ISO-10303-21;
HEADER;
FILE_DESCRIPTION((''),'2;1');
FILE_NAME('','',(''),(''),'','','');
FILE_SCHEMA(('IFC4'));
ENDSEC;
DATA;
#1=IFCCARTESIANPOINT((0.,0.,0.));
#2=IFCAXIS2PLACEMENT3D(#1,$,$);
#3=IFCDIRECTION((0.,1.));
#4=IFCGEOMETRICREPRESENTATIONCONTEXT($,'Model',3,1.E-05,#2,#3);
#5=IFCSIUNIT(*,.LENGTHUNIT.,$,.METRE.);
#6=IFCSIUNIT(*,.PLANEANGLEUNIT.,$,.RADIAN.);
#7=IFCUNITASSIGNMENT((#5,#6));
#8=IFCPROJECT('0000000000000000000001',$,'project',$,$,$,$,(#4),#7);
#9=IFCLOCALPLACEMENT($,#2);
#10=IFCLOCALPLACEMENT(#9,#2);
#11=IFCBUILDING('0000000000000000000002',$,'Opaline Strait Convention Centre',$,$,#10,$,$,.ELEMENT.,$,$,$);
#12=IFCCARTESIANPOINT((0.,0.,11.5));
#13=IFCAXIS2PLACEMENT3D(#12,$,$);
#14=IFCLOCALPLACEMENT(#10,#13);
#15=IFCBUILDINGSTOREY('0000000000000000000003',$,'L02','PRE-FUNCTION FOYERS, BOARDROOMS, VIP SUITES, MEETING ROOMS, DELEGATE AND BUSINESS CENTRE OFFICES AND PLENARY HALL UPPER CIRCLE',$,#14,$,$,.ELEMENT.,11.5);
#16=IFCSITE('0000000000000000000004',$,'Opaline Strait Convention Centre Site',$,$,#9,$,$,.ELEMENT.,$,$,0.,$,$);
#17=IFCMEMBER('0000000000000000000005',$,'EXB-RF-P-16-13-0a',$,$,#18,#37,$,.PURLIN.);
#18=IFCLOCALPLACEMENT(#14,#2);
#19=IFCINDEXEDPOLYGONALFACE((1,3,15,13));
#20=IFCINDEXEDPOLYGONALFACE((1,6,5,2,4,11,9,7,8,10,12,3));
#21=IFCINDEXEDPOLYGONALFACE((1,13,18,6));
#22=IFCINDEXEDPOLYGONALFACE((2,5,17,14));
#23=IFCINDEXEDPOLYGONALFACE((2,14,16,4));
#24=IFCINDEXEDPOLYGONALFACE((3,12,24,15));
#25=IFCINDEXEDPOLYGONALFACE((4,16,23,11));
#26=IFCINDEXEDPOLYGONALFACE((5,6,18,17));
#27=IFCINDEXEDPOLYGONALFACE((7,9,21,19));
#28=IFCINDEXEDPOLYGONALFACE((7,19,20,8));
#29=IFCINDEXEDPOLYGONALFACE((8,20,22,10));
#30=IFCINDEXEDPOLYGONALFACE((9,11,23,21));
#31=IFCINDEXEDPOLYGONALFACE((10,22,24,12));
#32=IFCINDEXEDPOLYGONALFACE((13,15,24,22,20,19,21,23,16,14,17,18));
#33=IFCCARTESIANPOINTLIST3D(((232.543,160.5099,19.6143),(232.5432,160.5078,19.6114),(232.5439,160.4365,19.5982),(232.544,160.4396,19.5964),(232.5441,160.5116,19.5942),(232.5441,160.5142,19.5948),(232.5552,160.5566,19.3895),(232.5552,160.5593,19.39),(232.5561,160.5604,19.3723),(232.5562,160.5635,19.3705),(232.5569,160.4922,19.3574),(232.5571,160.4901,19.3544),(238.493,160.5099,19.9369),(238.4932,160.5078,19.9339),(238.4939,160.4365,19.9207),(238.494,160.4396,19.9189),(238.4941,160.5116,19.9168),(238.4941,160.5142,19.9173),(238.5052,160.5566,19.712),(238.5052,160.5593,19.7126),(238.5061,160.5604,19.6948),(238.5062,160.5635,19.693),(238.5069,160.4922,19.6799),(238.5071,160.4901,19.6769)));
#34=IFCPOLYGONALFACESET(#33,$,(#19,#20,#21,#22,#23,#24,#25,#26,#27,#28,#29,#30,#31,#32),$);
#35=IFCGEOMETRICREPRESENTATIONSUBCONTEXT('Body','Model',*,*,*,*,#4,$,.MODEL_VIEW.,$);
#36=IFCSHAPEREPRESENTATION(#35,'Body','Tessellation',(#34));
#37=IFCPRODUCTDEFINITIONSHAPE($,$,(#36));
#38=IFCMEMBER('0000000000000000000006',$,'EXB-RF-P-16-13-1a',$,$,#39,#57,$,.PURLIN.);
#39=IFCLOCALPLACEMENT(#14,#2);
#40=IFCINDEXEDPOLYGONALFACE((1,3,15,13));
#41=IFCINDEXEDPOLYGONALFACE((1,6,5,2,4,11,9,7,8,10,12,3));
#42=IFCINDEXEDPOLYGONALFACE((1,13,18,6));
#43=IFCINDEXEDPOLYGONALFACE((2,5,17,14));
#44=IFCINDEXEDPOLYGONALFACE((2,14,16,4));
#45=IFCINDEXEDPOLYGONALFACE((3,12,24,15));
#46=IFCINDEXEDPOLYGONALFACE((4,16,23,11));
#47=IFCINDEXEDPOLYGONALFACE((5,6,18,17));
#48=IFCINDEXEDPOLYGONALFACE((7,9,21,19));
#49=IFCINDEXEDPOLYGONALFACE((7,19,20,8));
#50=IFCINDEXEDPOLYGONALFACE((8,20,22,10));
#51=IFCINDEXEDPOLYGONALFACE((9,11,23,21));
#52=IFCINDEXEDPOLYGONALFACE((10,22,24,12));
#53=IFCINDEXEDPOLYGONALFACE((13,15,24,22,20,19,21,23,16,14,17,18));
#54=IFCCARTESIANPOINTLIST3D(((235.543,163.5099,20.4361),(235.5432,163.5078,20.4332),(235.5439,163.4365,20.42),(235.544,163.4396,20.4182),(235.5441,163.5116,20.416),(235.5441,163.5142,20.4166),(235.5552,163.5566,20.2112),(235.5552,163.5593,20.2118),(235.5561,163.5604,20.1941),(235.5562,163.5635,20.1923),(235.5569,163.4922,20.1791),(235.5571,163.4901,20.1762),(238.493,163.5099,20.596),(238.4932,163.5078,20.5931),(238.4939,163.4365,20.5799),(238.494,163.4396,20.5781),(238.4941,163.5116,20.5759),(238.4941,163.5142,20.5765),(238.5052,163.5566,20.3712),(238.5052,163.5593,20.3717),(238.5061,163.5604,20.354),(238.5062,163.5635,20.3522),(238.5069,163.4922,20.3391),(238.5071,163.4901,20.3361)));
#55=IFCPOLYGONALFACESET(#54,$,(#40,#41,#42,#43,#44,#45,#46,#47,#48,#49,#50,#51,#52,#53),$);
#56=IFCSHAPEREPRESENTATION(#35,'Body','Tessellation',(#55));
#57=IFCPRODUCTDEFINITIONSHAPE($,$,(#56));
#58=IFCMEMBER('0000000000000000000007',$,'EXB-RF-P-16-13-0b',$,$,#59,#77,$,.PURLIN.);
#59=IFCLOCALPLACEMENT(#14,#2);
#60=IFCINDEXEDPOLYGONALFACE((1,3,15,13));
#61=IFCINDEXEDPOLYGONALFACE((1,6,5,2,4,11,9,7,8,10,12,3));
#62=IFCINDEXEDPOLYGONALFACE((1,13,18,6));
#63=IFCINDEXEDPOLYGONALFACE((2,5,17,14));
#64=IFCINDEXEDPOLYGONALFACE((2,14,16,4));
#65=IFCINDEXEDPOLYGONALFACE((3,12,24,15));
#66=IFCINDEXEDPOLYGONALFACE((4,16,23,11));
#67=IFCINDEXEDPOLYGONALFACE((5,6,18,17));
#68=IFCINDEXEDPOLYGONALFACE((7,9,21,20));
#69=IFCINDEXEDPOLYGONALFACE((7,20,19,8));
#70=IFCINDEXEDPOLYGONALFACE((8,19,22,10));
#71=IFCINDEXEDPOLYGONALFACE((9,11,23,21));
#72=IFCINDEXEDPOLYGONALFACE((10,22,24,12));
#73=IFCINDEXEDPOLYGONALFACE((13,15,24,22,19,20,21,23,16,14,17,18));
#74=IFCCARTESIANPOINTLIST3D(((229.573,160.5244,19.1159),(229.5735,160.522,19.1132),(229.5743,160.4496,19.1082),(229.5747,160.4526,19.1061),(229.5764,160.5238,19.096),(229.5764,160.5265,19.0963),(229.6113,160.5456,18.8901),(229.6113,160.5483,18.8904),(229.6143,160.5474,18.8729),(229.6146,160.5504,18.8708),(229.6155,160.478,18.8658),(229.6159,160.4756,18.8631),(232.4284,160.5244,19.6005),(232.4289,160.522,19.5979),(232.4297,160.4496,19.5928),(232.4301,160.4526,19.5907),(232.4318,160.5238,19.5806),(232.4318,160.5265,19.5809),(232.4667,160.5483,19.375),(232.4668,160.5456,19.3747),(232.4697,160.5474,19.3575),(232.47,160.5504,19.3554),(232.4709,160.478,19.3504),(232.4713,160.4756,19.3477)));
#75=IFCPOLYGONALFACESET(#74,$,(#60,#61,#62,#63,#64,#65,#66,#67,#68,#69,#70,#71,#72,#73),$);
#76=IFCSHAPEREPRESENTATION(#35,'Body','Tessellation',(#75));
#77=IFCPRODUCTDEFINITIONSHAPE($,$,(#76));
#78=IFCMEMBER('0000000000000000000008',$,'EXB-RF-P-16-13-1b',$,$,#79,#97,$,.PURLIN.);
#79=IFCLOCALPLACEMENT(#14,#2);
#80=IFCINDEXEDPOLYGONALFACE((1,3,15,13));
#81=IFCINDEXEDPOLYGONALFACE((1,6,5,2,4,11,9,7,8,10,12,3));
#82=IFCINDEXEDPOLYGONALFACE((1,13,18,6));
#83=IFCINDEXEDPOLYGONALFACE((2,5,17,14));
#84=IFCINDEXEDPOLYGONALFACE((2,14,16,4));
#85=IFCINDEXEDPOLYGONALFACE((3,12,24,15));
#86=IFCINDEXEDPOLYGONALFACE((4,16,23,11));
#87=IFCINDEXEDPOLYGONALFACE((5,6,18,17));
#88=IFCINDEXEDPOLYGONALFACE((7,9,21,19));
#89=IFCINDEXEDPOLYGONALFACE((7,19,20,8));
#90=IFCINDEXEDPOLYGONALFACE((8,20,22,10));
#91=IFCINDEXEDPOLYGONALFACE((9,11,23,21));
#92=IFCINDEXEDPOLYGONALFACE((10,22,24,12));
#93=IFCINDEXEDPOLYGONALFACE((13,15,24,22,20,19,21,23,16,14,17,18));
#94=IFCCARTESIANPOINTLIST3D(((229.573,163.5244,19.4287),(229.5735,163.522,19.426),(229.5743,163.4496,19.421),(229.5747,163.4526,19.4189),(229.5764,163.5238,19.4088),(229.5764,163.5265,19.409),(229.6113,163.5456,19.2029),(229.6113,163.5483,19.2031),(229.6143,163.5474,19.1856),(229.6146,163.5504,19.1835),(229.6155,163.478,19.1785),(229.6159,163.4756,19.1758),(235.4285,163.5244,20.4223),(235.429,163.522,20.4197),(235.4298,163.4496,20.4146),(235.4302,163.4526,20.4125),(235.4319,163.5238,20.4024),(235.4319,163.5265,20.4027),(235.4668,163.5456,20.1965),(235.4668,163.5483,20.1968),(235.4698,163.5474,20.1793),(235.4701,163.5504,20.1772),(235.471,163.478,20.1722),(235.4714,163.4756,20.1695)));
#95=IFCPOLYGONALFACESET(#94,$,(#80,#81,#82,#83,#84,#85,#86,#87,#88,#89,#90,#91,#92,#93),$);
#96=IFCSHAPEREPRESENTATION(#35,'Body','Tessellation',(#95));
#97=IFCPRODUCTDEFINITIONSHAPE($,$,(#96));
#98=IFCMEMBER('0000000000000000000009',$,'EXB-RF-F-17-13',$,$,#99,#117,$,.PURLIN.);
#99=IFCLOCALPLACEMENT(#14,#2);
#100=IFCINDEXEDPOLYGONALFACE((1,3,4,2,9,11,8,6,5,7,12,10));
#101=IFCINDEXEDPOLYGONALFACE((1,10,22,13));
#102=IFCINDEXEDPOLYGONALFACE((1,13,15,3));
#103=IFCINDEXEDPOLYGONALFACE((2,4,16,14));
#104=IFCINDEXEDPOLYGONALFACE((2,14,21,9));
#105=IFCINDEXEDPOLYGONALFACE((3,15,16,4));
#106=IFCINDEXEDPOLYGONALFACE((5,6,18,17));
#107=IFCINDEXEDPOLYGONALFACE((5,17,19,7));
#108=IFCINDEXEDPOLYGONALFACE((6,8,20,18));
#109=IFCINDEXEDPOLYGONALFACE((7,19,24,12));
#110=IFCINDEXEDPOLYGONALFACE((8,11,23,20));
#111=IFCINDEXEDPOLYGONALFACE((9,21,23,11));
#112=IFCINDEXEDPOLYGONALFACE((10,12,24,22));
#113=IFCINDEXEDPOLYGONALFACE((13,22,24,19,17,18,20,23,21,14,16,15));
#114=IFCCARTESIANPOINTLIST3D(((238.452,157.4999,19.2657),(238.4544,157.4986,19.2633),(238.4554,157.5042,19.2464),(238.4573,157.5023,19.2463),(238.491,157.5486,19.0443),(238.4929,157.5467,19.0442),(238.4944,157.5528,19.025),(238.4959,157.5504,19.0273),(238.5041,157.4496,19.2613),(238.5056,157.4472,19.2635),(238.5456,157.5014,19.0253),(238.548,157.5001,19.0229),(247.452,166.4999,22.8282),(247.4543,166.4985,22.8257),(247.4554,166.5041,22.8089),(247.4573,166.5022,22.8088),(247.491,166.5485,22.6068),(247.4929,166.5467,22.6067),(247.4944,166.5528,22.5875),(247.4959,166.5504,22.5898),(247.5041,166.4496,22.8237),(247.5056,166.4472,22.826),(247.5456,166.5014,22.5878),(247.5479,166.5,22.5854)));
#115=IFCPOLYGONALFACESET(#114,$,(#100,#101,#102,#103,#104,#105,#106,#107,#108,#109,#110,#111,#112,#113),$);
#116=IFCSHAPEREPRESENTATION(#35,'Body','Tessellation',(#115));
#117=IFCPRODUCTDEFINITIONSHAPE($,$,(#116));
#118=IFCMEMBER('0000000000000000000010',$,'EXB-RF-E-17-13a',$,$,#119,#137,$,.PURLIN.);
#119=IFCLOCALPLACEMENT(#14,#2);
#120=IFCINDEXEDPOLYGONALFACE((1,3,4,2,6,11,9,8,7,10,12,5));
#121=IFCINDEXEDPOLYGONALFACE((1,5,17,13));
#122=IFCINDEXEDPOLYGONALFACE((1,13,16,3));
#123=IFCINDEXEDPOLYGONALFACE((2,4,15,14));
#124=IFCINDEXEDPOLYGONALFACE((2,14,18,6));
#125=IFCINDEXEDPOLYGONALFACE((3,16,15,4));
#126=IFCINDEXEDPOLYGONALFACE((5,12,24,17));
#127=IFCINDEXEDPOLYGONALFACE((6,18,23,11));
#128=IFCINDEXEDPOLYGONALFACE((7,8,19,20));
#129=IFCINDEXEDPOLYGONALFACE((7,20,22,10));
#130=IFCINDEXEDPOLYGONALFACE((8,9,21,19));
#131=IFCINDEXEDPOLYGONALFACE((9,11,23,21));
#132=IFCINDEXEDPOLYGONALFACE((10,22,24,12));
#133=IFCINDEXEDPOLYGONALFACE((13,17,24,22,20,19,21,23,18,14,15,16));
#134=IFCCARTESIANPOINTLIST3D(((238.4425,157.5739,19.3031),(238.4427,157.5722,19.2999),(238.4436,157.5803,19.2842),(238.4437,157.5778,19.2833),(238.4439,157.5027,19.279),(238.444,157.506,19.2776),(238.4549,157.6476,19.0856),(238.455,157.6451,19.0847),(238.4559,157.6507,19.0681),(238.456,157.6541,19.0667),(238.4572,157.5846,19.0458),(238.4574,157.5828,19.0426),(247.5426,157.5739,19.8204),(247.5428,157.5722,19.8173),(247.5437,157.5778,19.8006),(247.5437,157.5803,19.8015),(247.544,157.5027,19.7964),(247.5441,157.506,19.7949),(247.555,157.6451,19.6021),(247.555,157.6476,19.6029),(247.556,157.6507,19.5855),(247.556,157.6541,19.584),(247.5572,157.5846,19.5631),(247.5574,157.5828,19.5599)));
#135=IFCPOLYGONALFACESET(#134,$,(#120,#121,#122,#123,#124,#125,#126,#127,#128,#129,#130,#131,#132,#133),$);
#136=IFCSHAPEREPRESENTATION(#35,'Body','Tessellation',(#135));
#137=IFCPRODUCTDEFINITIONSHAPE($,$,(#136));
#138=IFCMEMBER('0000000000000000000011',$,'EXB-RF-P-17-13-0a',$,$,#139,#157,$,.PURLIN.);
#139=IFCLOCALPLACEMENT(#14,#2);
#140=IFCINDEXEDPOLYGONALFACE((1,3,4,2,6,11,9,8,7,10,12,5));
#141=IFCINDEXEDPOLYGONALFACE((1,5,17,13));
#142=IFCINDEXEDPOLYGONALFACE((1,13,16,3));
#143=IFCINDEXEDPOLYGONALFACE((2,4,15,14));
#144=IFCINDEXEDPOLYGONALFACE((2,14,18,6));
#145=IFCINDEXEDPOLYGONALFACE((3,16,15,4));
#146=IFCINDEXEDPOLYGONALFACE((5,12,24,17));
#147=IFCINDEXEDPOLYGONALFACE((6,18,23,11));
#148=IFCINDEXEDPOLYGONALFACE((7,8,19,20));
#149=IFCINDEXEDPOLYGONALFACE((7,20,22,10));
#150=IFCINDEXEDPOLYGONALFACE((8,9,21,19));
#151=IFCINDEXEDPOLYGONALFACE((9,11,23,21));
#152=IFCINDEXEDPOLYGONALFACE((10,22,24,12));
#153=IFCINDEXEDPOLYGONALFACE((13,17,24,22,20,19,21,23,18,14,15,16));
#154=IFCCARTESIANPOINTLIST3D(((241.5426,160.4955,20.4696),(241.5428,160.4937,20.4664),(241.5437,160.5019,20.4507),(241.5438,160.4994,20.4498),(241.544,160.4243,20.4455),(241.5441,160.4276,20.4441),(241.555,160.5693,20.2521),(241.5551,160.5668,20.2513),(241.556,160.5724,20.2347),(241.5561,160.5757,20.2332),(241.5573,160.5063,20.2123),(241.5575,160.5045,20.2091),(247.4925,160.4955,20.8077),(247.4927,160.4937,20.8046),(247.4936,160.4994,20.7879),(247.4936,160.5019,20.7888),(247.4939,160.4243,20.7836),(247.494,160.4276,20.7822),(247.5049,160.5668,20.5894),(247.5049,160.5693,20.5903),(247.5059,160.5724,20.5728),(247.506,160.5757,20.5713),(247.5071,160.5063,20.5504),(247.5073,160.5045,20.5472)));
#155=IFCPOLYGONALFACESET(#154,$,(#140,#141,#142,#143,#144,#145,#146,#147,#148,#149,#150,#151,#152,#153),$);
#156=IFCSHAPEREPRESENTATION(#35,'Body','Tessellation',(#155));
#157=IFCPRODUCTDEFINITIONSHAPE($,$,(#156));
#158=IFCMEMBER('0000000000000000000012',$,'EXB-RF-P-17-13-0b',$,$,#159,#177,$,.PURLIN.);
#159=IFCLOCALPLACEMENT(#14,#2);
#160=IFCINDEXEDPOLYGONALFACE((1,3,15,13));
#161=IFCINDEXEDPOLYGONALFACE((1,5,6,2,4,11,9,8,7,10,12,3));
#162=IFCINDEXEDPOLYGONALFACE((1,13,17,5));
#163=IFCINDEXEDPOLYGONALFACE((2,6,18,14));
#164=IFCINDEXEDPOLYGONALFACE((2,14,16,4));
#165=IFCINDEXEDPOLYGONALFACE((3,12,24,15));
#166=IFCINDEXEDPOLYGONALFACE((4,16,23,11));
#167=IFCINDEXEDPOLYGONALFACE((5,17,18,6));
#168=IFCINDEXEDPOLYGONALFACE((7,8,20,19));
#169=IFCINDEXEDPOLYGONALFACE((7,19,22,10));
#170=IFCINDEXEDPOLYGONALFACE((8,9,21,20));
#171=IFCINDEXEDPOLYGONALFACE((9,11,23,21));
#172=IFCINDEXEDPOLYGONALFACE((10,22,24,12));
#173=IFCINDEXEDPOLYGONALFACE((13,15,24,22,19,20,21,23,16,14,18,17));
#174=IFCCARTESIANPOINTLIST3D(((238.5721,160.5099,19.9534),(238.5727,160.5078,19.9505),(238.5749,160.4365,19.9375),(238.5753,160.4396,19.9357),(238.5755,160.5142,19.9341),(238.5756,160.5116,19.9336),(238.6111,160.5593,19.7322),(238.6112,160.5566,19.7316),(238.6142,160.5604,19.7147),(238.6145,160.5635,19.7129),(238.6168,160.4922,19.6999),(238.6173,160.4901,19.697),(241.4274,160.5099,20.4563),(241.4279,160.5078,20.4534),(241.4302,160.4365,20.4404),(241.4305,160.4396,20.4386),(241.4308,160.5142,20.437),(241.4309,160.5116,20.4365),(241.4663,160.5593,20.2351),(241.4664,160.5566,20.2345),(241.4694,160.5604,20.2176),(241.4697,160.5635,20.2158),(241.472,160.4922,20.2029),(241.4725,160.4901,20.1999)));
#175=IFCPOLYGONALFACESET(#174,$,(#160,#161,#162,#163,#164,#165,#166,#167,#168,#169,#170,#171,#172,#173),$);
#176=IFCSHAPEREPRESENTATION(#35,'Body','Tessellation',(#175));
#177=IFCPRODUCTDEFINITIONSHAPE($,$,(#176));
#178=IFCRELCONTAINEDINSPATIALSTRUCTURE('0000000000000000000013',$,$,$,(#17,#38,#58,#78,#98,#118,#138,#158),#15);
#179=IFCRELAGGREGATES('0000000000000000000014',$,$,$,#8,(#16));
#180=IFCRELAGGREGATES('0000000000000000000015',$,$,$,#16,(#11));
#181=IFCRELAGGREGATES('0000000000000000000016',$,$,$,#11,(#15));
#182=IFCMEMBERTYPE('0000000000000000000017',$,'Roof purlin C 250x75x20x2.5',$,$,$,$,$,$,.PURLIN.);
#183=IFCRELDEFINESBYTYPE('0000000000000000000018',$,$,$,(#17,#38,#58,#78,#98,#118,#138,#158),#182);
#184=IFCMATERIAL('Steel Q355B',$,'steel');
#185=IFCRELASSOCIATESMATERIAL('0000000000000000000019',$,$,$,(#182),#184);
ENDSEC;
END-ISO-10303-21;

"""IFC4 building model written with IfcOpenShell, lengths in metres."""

from ifc_helpers import new_model, si_unit, direction, frame, origin, place, context, subcontext, project, spatial, polyline, outline, extrude, material, material_profile, profile_set, type_object, element, save


model = new_model("IFC4")

# Units and contexts
model_context = context("Model", 3, precision=1e-05, world=origin(), true_north=direction((0.0, 1.0)))
body_context = subcontext(model_context, "Body", "Model", "MODEL_VIEW")
ifc_project = project(units=[si_unit("LENGTHUNIT", "METRE"), si_unit("PLANEANGLEUNIT", "RADIAN")], contexts=[model_context])

# Site, building, storey
site_placement = place(None, origin())
site = spatial("IfcSite", under=ifc_project, at=site_placement, Name="Opaline Strait Convention Centre Site", CompositionType="ELEMENT", RefElevation=0.0)
building_placement = place(site_placement, origin())
building = spatial("IfcBuilding", under=site, at=building_placement, Name="Opaline Strait Convention Centre", CompositionType="ELEMENT")
storey_placement = place(building_placement, frame((0.0, 0.0, 11.5)))
storey = spatial("IfcBuildingStorey", under=building, at=storey_placement, Name="L02", Description="PRE-FUNCTION FOYERS, BOARDROOMS, VIP SUITES, MEETING ROOMS, DELEGATE AND BUSINESS CENTRE OFFICES AND PLENARY HALL UPPER CIRCLE", CompositionType="ELEMENT", Elevation=11.5)

# Members
ifc_material_1 = material(Name="Steel Q355B", Category="steel")
ifc_material_profile_1 = material_profile(ifc_material_1, outline(polyline([(-0.0376, -0.125), (0.0376, -0.125), (0.0376, -0.105), (0.0349, -0.105), (0.0349, -0.1226), (-0.0349, -0.1226), (-0.0349, 0.1226), (0.0349, 0.1226), (0.0349, 0.105), (0.0376, 0.105), (0.0376, 0.125), (-0.0376, 0.125), (-0.0376, -0.125)])), Name="C 250x75x20x2.5")
ifc_profile_set_1 = profile_set([ifc_material_profile_1], Name="Steel Q355B")
member_type_1 = type_object("IfcMemberType", Name="Roof purlin C 250x75x20x2.5", PredefinedType="PURLIN", material=ifc_profile_set_1)
member_1_placement = place(storey_placement, frame((232.55, 160.5, 19.4844), z_axis=(0.998534, 0.0, 0.054124), x_axis=(-0.011615, 0.976702, 0.214286)))
element("IfcMember", 1, at=member_1_placement, inside=storey, type_object=member_type_1, Name="EXB-RF-P-16-13-0a", PredefinedType="PURLIN", context=body_context, shape_type="SweptSolid", body=[
    extrude(outline(polyline([(-0.0376, -0.125), (0.0376, -0.125), (0.0376, -0.105), (0.0349, -0.105), (0.0349, -0.1226), (-0.0349, -0.1226), (-0.0349, 0.1226), (0.0349, 0.1226), (0.0349, 0.105), (0.0376, 0.105), (0.0376, 0.125), (-0.0376, 0.125), (-0.0376, -0.125)])), origin(), (0.0, 0.0, 1.0), 5.9587),
])
member_2_placement = place(storey_placement, frame((235.55, 163.5, 20.3062), z_axis=(0.998534, 0.0, 0.054129), x_axis=(-0.011616, 0.976702, 0.214286)))
element("IfcMember", 2, at=member_2_placement, inside=storey, type_object=member_type_1, Name="EXB-RF-P-16-13-1a", PredefinedType="PURLIN", context=body_context, shape_type="SweptSolid", body=[
    extrude(outline(polyline([(-0.0376, -0.125), (0.0376, -0.125), (0.0376, -0.105), (0.0349, -0.105), (0.0349, -0.1226), (-0.0349, -0.1226), (-0.0349, 0.1226), (0.0349, 0.1226), (0.0349, 0.105), (0.0376, 0.105), (0.0376, 0.125), (-0.0376, 0.125), (-0.0376, -0.125)])), origin(), (0.0, 0.0, 1.0), 2.9543),
])
member_3_placement = place(storey_placement, frame((229.5945, 160.5, 18.9895), z_axis=(0.985902, 0.0, 0.167323), x_axis=(-0.017345, 0.994613, 0.102197)))
element("IfcMember", 3, at=member_3_placement, inside=storey, type_object=member_type_1, Name="EXB-RF-P-16-13-0b", PredefinedType="PURLIN", context=body_context, shape_type="SweptSolid", body=[
    extrude(outline(polyline([(-0.0376, -0.125), (0.0376, -0.125), (0.0376, -0.105), (0.0349, -0.105), (0.0349, -0.1226), (-0.0349, -0.1226), (-0.0349, 0.1226), (0.0349, 0.1226), (0.0349, 0.105), (0.0376, 0.105), (0.0376, 0.125), (-0.0376, 0.125), (-0.0376, -0.125)])), origin(), (0.0, 0.0, 1.0), 2.8962),
])
member_4_placement = place(storey_placement, frame((229.5945, 163.5, 19.3022), z_axis=(0.985905, 0.0, 0.167305), x_axis=(-0.017343, 0.994613, 0.102198)))
element("IfcMember", 4, at=member_4_placement, inside=storey, type_object=member_type_1, Name="EXB-RF-P-16-13-1b", PredefinedType="PURLIN", context=body_context, shape_type="SweptSolid", body=[
    extrude(outline(polyline([(-0.0376, -0.125), (0.0376, -0.125), (0.0376, -0.105), (0.0349, -0.105), (0.0349, -0.1226), (-0.0349, -0.1226), (-0.0349, 0.1226), (0.0349, 0.1226), (0.0349, 0.105), (0.0376, 0.105), (0.0376, 0.125), (-0.0376, 0.125), (-0.0376, -0.125)])), origin(), (0.0, 0.0, 1.0), 5.9392),
])
member_5_placement = place(storey_placement, frame((238.5, 157.5, 19.1443), z_axis=(0.680937, 0.680937, 0.269537), x_axis=(-0.712454, 0.701136, 0.028595)))
element("IfcMember", 5, at=member_5_placement, inside=storey, type_object=member_type_1, Name="EXB-RF-F-17-13", PredefinedType="PURLIN", context=body_context, shape_type="SweptSolid", body=[
    extrude(outline(polyline([(-0.0376, -0.125), (0.0376, -0.125), (0.0376, -0.105), (0.0349, -0.105), (0.0349, -0.1226), (-0.0349, -0.1226), (-0.0349, 0.1226), (0.0349, 0.1226), (0.0349, 0.105), (0.0376, 0.105), (0.0376, 0.125), (-0.0376, 0.125), (-0.0376, -0.125)])), origin(), (0.0, 0.0, 1.0), 13.217),
])
member_6_placement = place(storey_placement, frame((238.45, 157.5784, 19.1729), z_axis=(0.998388, 0.0, 0.056758), x_axis=(-0.018194, 0.947232, 0.320033)))
element("IfcMember", 6, at=member_6_placement, inside=storey, type_object=member_type_1, Name="EXB-RF-E-17-13a", PredefinedType="PURLIN", context=body_context, shape_type="SweptSolid", body=[
    extrude(outline(polyline([(-0.0376, -0.125), (0.0376, -0.125), (0.0376, -0.105), (0.0349, -0.105), (0.0349, -0.1226), (-0.0349, -0.1226), (-0.0349, 0.1226), (0.0349, 0.1226), (0.0349, 0.105), (0.0376, 0.105), (0.0376, 0.125), (-0.0376, 0.125), (-0.0376, -0.125)])), origin(), (0.0, 0.0, 1.0), 9.1147),
])
member_7_placement = place(storey_placement, frame((241.55, 160.5, 20.3394), z_axis=(0.998389, 0.0, 0.056738), x_axis=(-0.018214, 0.947074, 0.320498)))
element("IfcMember", 7, at=member_7_placement, inside=storey, type_object=member_type_1, Name="EXB-RF-P-17-13-0a", PredefinedType="PURLIN", context=body_context, shape_type="SweptSolid", body=[
    extrude(outline(polyline([(-0.0376, -0.125), (0.0376, -0.125), (0.0376, -0.105), (0.0349, -0.105), (0.0349, -0.1226), (-0.0349, -0.1226), (-0.0349, 0.1226), (0.0349, 0.1226), (0.0349, 0.105), (0.0376, 0.105), (0.0376, 0.125), (-0.0376, 0.125), (-0.0376, -0.125)])), origin(), (0.0, 0.0, 1.0), 5.9595),
])
member_8_placement = place(storey_placement, frame((238.5947, 160.5, 19.8252), z_axis=(0.984839, 0.0, 0.173473), x_axis=(-0.037227, 0.976702, 0.211347)))
element("IfcMember", 8, at=member_8_placement, inside=storey, type_object=member_type_1, Name="EXB-RF-P-17-13-0b", PredefinedType="PURLIN", context=body_context, shape_type="SweptSolid", body=[
    extrude(outline(polyline([(-0.0376, -0.125), (0.0376, -0.125), (0.0376, -0.105), (0.0349, -0.105), (0.0349, -0.1226), (-0.0349, -0.1226), (-0.0349, 0.1226), (0.0349, 0.1226), (0.0349, 0.105), (0.0376, 0.105), (0.0376, 0.125), (-0.0376, 0.125), (-0.0376, -0.125)])), origin(), (0.0, 0.0, 1.0), 2.8992),
])

save(model, "model.ifc")
